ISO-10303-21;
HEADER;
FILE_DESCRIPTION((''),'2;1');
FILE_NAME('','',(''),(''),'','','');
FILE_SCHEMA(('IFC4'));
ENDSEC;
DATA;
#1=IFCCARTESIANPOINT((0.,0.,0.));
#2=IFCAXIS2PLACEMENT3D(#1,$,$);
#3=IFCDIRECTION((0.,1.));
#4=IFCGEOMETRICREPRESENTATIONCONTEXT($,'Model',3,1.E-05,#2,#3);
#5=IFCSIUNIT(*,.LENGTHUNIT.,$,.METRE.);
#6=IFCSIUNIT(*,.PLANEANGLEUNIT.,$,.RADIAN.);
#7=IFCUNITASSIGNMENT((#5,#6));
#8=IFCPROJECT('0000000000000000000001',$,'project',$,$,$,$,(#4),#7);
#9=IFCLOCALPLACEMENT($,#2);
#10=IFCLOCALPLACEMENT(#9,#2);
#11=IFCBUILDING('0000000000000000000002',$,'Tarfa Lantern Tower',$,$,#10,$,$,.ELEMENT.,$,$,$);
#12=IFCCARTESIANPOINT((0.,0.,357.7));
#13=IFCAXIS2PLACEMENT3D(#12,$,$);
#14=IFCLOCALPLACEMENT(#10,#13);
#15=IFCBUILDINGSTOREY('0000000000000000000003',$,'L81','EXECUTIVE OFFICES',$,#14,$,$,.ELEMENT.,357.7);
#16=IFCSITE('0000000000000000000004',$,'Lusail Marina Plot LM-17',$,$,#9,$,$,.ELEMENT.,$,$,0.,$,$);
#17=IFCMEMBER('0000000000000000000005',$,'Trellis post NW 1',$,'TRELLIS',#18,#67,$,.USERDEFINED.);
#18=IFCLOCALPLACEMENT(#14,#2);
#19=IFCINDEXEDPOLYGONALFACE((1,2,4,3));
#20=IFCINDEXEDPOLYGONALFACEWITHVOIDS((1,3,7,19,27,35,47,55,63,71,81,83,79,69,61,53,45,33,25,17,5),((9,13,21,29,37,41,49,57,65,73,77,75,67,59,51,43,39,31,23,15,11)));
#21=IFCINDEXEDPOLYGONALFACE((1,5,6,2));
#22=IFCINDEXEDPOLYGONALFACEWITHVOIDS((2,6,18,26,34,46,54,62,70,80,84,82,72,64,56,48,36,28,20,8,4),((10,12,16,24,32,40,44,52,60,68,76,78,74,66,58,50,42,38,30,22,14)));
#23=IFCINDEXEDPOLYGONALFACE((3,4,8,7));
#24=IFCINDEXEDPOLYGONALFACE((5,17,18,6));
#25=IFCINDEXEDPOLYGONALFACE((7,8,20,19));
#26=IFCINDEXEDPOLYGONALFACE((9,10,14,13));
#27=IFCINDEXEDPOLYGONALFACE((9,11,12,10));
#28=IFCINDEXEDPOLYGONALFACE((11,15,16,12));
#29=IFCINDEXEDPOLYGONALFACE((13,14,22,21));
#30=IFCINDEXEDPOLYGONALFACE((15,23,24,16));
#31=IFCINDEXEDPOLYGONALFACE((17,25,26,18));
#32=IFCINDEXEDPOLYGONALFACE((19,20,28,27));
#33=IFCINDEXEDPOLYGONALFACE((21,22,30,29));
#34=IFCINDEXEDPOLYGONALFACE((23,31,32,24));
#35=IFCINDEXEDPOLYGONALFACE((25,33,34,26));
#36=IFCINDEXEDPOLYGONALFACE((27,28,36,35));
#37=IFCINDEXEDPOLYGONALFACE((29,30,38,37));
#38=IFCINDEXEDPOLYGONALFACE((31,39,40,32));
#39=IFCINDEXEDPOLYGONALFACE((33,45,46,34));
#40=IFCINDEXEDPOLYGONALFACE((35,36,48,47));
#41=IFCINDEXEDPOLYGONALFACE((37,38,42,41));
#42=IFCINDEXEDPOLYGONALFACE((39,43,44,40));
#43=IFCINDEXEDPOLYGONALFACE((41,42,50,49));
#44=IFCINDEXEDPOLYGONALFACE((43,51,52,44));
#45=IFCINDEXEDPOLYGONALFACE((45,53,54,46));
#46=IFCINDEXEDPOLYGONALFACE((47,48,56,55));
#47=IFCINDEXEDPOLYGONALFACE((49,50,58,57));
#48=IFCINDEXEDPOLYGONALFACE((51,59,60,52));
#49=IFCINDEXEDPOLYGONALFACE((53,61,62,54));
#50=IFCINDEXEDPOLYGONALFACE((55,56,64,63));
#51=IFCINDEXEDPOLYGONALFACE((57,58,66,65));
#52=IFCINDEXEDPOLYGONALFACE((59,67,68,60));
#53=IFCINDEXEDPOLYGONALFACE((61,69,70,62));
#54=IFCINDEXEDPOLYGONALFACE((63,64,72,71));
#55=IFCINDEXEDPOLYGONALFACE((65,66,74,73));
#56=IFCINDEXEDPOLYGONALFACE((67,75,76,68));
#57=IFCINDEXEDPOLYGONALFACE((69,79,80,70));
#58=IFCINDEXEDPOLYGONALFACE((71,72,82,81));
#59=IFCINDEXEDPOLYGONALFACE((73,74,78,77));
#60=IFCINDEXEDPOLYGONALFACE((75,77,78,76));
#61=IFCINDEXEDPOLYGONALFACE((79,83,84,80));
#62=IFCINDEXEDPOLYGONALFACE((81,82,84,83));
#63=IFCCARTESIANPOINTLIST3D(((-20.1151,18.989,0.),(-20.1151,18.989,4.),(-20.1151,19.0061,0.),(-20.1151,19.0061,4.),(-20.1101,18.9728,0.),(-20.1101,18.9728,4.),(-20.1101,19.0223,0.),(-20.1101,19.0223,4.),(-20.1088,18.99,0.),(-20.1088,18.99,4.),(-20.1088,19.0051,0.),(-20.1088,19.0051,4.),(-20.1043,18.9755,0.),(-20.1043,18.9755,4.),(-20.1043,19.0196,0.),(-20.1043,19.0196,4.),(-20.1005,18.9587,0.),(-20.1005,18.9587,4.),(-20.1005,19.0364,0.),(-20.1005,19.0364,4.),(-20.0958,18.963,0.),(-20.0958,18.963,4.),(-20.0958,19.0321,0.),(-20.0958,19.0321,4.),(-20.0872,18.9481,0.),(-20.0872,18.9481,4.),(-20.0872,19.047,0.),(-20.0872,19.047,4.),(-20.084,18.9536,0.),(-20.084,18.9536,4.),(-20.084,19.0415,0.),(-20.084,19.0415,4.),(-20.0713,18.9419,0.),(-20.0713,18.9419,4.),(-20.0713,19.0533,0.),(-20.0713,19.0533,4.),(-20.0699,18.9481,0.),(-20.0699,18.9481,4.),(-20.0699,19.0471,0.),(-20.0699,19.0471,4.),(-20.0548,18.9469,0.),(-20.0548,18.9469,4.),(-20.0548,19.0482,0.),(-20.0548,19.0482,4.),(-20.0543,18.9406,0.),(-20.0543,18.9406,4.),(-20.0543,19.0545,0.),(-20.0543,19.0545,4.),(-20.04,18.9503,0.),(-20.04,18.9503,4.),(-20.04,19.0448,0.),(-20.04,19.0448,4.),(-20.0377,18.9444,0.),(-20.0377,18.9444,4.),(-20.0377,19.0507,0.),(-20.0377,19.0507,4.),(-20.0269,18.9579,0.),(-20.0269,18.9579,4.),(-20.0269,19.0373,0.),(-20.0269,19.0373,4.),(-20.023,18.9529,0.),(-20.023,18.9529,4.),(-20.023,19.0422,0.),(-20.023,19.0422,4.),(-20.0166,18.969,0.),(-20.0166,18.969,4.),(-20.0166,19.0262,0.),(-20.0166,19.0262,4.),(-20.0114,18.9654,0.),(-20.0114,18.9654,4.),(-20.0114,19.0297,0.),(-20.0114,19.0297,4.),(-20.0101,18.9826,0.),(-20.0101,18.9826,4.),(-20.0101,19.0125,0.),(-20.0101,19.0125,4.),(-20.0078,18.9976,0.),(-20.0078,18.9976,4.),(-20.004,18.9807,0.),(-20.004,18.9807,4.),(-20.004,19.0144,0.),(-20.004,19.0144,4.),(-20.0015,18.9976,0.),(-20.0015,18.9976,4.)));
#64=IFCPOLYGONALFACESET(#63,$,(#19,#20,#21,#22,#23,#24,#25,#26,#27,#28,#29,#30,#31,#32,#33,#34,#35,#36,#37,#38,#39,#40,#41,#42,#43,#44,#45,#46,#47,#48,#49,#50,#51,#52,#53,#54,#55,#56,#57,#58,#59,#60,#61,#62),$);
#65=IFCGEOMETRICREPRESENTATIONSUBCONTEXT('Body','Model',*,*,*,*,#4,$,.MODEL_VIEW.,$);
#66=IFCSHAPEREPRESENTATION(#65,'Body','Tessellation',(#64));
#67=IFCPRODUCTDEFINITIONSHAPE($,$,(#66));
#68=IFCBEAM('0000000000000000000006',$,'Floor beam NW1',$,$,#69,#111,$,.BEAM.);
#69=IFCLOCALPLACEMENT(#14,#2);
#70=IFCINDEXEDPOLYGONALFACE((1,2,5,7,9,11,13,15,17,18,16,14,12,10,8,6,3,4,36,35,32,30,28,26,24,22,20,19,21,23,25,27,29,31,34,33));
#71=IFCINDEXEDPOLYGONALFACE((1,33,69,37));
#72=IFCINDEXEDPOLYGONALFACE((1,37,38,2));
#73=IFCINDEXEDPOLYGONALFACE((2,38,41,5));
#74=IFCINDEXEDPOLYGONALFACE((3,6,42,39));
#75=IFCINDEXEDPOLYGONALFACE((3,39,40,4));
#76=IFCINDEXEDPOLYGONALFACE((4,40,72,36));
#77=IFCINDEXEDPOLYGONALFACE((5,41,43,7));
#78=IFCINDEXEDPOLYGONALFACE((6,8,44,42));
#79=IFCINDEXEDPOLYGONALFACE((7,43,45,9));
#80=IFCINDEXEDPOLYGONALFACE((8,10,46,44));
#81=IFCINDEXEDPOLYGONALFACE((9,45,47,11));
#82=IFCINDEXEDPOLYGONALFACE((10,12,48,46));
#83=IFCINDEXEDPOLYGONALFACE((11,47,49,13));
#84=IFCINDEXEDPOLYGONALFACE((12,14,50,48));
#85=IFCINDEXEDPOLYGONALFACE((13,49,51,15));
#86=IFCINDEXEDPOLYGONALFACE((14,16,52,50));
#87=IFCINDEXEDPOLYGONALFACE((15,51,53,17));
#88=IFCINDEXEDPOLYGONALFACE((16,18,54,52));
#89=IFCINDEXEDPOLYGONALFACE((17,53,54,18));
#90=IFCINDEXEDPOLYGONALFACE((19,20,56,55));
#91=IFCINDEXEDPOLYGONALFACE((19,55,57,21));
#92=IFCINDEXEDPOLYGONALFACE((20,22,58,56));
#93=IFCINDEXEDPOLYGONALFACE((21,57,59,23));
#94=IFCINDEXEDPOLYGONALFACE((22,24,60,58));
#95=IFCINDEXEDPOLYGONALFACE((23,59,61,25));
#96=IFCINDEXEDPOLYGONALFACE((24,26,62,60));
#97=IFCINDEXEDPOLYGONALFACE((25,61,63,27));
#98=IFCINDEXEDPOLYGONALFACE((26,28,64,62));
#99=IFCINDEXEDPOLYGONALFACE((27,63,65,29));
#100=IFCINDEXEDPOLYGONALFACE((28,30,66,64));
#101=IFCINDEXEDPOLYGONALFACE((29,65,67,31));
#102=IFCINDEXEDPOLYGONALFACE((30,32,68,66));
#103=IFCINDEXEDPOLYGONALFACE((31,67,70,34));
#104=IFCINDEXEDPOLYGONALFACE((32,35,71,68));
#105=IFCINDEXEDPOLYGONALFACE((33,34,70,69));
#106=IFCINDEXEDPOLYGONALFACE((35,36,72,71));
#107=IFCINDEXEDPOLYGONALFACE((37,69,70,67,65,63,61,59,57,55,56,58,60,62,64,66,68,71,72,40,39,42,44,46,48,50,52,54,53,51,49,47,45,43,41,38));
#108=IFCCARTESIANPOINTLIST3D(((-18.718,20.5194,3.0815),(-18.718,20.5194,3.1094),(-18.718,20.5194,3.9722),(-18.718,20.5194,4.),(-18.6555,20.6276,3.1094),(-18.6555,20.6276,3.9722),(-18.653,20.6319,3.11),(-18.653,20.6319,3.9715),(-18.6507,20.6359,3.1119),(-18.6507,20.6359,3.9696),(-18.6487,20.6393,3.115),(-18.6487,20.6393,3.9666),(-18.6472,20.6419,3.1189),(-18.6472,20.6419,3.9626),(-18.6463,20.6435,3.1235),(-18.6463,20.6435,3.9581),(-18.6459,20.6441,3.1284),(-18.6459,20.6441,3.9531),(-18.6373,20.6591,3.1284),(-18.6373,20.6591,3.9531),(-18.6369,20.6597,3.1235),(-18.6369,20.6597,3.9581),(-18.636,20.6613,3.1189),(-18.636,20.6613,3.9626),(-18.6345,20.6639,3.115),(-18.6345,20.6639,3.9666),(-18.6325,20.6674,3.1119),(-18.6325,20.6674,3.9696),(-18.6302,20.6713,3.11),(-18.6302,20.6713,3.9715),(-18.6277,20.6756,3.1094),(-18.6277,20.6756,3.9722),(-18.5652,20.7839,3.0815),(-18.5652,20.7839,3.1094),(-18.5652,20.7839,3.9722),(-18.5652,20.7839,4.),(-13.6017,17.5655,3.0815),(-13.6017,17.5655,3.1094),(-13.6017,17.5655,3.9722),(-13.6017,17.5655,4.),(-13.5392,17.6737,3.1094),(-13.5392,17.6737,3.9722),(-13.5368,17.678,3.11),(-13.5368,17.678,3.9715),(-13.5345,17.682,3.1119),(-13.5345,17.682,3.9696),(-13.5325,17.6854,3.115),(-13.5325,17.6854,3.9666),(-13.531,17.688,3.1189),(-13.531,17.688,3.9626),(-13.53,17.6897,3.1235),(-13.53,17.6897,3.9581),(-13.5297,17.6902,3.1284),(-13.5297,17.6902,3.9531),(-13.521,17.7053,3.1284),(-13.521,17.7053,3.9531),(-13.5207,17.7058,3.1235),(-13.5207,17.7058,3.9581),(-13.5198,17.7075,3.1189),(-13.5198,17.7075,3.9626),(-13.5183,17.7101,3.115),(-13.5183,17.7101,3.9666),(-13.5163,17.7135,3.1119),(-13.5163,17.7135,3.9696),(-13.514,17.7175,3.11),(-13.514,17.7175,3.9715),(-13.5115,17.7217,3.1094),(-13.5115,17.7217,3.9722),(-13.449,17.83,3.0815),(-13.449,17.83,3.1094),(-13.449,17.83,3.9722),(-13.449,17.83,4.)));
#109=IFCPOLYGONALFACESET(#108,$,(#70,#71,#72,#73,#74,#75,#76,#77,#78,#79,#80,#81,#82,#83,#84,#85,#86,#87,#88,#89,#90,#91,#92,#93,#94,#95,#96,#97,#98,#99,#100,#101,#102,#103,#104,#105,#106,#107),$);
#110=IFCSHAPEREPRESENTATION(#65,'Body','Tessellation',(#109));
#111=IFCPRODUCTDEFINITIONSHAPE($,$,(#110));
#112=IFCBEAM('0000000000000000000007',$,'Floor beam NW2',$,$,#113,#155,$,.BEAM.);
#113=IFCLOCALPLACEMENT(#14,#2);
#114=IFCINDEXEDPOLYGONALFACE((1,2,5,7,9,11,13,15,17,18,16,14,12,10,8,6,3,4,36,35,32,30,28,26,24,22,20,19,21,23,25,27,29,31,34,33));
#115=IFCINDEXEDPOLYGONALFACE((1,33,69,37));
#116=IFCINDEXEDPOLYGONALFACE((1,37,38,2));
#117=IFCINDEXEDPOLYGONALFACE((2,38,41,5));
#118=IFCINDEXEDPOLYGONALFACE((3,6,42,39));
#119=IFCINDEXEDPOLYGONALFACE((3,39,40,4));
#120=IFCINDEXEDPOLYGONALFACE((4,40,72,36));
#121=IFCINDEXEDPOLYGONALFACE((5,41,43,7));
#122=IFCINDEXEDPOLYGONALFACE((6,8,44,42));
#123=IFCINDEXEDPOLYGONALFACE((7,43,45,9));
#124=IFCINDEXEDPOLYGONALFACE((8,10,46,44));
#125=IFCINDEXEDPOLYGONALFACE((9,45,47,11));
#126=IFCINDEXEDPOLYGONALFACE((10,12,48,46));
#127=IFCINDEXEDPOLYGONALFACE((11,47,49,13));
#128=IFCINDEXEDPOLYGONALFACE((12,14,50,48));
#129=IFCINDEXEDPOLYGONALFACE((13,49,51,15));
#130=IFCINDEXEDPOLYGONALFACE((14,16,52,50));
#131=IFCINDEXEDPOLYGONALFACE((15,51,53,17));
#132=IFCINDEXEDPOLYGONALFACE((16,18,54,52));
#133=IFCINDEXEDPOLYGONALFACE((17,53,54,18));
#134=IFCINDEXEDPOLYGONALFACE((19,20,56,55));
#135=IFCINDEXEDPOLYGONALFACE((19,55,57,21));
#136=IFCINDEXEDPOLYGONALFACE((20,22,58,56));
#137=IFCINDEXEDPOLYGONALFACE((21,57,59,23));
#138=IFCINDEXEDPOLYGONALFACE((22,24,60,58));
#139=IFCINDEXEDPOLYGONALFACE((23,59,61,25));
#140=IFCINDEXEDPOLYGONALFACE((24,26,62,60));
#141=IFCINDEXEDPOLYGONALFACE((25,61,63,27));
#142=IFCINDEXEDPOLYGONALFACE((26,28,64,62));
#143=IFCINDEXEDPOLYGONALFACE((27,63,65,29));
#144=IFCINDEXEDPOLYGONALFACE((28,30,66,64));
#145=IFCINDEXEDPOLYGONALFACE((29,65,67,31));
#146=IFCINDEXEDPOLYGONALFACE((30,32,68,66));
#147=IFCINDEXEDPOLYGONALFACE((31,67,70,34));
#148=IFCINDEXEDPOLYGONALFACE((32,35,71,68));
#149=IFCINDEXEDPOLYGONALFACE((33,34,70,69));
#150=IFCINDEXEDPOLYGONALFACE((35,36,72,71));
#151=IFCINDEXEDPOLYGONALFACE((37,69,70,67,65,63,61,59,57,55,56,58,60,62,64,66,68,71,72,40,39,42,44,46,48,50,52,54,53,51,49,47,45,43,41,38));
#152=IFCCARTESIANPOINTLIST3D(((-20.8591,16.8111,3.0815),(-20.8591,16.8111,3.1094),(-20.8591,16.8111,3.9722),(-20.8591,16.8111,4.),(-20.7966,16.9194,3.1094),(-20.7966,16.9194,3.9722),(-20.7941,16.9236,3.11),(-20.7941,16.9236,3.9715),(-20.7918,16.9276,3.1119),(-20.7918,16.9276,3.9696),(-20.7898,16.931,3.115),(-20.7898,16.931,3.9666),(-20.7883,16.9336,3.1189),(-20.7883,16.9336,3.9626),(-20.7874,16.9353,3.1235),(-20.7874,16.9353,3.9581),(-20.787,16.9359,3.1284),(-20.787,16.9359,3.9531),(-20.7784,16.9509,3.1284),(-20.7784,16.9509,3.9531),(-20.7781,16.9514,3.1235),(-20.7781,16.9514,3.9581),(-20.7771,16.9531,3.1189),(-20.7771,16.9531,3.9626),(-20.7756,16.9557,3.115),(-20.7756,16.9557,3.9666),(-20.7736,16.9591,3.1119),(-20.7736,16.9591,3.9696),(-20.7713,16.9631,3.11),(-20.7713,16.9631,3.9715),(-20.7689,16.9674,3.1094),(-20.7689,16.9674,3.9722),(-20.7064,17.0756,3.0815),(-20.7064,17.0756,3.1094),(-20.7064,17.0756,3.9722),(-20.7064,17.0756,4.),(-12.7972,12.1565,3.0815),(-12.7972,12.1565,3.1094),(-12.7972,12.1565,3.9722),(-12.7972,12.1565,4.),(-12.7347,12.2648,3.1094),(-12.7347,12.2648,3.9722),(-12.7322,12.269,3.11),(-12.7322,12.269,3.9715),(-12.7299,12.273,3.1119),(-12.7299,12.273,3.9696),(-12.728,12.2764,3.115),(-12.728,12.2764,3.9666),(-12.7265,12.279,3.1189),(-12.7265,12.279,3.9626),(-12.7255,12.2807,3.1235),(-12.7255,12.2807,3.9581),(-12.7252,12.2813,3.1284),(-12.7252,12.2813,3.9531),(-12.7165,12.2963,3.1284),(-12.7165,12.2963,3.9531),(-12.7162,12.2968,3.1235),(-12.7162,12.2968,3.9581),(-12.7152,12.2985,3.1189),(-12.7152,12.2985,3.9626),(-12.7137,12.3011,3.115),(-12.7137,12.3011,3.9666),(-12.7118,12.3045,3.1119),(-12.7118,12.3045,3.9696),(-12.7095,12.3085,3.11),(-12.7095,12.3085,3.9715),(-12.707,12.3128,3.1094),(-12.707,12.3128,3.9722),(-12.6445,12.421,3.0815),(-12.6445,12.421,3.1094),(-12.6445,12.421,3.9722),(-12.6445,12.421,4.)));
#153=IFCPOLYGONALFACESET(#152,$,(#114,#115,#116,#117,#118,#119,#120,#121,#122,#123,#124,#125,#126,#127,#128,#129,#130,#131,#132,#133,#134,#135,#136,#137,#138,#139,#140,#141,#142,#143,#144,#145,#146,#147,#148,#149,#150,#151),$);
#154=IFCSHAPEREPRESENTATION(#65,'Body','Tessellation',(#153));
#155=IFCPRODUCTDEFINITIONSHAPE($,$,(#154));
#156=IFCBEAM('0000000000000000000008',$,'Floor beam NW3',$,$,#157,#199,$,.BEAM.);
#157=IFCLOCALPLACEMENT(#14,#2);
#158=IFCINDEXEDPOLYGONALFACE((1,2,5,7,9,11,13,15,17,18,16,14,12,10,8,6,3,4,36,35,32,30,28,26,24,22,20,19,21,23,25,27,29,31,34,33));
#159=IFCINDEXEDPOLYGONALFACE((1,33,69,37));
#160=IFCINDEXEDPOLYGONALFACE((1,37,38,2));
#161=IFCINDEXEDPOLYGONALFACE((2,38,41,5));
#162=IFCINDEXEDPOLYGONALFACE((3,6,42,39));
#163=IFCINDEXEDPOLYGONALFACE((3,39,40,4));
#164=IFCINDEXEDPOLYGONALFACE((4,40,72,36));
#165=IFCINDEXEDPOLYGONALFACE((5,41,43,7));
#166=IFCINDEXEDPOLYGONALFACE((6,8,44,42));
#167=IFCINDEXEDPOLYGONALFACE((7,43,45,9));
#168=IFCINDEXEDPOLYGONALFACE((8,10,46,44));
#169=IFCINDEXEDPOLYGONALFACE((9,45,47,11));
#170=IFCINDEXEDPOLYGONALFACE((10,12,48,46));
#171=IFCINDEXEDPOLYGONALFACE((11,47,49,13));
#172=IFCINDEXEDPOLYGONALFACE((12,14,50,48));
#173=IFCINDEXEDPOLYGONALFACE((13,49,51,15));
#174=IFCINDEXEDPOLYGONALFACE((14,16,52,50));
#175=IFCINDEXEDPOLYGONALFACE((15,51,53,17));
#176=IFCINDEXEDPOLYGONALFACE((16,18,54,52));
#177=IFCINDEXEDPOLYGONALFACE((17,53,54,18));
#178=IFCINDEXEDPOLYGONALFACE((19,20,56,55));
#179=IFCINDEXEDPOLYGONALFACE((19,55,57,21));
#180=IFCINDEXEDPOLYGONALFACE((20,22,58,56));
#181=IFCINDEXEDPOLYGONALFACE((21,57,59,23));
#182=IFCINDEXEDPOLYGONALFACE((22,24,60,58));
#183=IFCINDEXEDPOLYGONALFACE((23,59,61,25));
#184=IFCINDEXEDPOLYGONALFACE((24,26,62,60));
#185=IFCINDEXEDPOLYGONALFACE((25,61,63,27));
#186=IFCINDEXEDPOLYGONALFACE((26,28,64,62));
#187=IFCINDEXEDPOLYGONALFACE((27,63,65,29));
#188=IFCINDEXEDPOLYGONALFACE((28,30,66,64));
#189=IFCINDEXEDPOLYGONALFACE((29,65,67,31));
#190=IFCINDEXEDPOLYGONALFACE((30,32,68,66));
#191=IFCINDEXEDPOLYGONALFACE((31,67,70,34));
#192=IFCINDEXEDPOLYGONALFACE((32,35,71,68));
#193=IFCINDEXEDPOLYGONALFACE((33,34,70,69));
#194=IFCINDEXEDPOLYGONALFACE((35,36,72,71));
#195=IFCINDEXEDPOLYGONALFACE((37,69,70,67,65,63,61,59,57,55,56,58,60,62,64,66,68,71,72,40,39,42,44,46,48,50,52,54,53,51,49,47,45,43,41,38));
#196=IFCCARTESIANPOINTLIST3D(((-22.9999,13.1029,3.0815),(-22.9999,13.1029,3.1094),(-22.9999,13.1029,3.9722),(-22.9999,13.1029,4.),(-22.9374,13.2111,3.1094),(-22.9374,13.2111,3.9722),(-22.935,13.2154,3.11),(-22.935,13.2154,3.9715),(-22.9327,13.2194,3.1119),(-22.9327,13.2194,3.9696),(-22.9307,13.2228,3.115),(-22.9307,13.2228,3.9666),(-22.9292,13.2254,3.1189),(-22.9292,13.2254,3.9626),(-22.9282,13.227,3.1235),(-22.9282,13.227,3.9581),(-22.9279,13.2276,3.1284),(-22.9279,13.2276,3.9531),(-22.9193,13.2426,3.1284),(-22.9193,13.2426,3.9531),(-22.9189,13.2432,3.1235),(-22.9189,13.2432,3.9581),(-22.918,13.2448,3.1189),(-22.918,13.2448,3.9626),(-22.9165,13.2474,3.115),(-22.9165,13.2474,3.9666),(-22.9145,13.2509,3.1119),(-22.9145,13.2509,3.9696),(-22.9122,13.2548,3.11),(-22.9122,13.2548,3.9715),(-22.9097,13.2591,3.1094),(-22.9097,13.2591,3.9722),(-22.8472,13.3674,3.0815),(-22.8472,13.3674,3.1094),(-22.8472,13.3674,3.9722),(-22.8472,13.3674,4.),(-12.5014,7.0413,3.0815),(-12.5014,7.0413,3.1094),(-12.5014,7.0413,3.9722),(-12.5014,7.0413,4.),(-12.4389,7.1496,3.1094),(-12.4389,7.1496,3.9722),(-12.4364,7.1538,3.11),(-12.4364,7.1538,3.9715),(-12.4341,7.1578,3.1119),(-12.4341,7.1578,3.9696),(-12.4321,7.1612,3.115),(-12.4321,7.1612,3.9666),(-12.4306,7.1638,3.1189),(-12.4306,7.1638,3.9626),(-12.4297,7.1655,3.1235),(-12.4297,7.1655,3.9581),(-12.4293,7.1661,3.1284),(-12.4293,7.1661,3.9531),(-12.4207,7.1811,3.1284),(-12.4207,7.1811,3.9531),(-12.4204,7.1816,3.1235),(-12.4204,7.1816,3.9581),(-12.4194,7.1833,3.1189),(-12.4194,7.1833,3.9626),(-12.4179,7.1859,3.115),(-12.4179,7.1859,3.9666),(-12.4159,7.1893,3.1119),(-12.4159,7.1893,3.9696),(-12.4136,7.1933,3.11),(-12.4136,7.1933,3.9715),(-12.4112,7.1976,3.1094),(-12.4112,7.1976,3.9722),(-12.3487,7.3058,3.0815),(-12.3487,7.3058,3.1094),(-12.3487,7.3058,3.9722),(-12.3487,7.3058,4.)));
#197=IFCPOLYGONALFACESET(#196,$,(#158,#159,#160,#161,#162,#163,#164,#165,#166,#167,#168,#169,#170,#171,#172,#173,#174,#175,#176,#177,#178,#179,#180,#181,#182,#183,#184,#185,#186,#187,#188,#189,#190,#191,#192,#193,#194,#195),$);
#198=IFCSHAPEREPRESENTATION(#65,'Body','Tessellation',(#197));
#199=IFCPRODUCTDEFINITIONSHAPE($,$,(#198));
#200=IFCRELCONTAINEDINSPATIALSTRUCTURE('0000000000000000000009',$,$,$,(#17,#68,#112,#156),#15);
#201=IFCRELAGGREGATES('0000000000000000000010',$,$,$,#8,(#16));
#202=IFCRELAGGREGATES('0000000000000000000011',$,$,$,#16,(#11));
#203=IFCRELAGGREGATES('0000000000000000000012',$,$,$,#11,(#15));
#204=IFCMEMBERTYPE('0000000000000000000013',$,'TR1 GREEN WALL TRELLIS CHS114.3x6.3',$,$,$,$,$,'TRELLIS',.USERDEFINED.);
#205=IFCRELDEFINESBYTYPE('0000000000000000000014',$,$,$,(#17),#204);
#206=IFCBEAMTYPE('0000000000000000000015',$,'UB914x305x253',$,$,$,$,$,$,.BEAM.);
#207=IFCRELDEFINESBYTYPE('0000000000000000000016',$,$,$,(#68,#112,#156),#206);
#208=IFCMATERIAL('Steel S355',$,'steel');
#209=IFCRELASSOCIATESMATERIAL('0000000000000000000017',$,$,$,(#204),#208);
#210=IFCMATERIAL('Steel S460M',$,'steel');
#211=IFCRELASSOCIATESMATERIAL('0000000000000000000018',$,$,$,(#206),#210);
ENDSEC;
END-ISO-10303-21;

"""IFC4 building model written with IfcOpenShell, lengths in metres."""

from ifc_helpers import new_model, si_unit, direction, frame, origin, origin_2d, place, context, subcontext, project, spatial, hollow_circle, i_section, extrude, material, material_profile, profile_set, type_object, element, save


model = new_model("IFC4")

# Units and contexts
model_context = context("Model", 3, precision=1e-05, world=origin(), true_north=direction((0.0, 1.0)))
body_context = subcontext(model_context, "Body", "Model", "MODEL_VIEW")
ifc_project = project(units=[si_unit("LENGTHUNIT", "METRE"), si_unit("PLANEANGLEUNIT", "RADIAN")], contexts=[model_context])

# Site, building, storey
site_placement = place(None, origin())
site = spatial("IfcSite", under=ifc_project, at=site_placement, Name="Lusail Marina Plot LM-17", CompositionType="ELEMENT", RefElevation=0.0)
building_placement = place(site_placement, origin())
building = spatial("IfcBuilding", under=site, at=building_placement, Name="Tarfa Lantern Tower", CompositionType="ELEMENT")
storey_placement = place(building_placement, frame((0.0, 0.0, 357.7)))
storey = spatial("IfcBuildingStorey", under=building, at=storey_placement, Name="L81", Description="EXECUTIVE OFFICES", CompositionType="ELEMENT", Elevation=357.7)

# Member
ifc_material_1 = material(Name="Steel S355", Category="steel")
ifc_material_profile_1 = material_profile(ifc_material_1, hollow_circle(Radius=0.0571, WallThickness=0.0063, at=origin_2d()), Name="CHS114.3x6.3")
ifc_profile_set_1 = profile_set([ifc_material_profile_1], Name="Steel S355")
member_type_1 = type_object("IfcMemberType", Name="TR1 GREEN WALL TRELLIS CHS114.3x6.3", ElementType="TRELLIS", PredefinedType="USERDEFINED", material=ifc_profile_set_1)
member_1_placement = place(storey_placement, frame((-20.0586, 18.9976, 0.0), z_axis=(0.0, 0.0, 1.0), x_axis=(1.0, 0.0, 0.0)))
element("IfcMember", 1, at=member_1_placement, inside=storey, type_object=member_type_1, Name="Trellis post NW 1", ObjectType="TRELLIS", PredefinedType="USERDEFINED", context=body_context, shape_type="SweptSolid", body=[
    extrude(hollow_circle(Radius=0.0571, WallThickness=0.0063, at=origin_2d()), origin(), (0.0, 0.0, 1.0), 4.0),
])

# Beams
ifc_material_2 = material(Name="Steel S460M", Category="steel")
ifc_material_profile_2 = material_profile(ifc_material_2, i_section(OverallWidth=0.3054, OverallDepth=0.9185, WebThickness=0.0173, FlangeThickness=0.0278, FilletRadius=0.019, at=origin_2d()), Name="UB914x305x253")
ifc_profile_set_2 = profile_set([ifc_material_profile_2], Name="Steel S460M")
beam_type_1 = type_object("IfcBeamType", Name="UB914x305x253", PredefinedType="BEAM", material=ifc_profile_set_2)
beam_1_placement = place(storey_placement, frame((-18.6416, 20.6516, 3.5408), z_axis=(0.866025, -0.500001, 0.0), x_axis=(0.500001, 0.866025, 0.0)))
element("IfcBeam", 2, at=beam_1_placement, inside=storey, type_object=beam_type_1, Name="Floor beam NW1", PredefinedType="BEAM", context=body_context, shape_type="SweptSolid", body=[
    extrude(i_section(OverallWidth=0.3054, OverallDepth=0.9185, WebThickness=0.0173, FlangeThickness=0.0278, FilletRadius=0.019, at=origin_2d()), origin(), (0.0, 0.0, 1.0), 5.9077),
])
beam_2_placement = place(storey_placement, frame((-20.7827, 16.9434, 3.5408), z_axis=(0.866022, -0.500006, 0.0), x_axis=(0.500006, 0.866022, 0.0)))
element("IfcBeam", 3, at=beam_2_placement, inside=storey, type_object=beam_type_1, Name="Floor beam NW2", PredefinedType="BEAM", context=body_context, shape_type="SweptSolid", body=[
    extrude(i_section(OverallWidth=0.3054, OverallDepth=0.9185, WebThickness=0.0173, FlangeThickness=0.0278, FilletRadius=0.019, at=origin_2d()), origin(), (0.0, 0.0, 1.0), 9.3091),
])
beam_3_placement = place(storey_placement, frame((-22.9236, 13.2351, 3.5408), z_axis=(0.866019, -0.500012, 0.0), x_axis=(0.500012, 0.866019, 0.0)))
element("IfcBeam", 4, at=beam_3_placement, inside=storey, type_object=beam_type_1, Name="Floor beam NW3", PredefinedType="BEAM", context=body_context, shape_type="SweptSolid", body=[
    extrude(i_section(OverallWidth=0.3054, OverallDepth=0.9185, WebThickness=0.0173, FlangeThickness=0.0278, FilletRadius=0.019, at=origin_2d()), origin(), (0.0, 0.0, 1.0), 12.1228),
])

save(model, "model.ifc")
